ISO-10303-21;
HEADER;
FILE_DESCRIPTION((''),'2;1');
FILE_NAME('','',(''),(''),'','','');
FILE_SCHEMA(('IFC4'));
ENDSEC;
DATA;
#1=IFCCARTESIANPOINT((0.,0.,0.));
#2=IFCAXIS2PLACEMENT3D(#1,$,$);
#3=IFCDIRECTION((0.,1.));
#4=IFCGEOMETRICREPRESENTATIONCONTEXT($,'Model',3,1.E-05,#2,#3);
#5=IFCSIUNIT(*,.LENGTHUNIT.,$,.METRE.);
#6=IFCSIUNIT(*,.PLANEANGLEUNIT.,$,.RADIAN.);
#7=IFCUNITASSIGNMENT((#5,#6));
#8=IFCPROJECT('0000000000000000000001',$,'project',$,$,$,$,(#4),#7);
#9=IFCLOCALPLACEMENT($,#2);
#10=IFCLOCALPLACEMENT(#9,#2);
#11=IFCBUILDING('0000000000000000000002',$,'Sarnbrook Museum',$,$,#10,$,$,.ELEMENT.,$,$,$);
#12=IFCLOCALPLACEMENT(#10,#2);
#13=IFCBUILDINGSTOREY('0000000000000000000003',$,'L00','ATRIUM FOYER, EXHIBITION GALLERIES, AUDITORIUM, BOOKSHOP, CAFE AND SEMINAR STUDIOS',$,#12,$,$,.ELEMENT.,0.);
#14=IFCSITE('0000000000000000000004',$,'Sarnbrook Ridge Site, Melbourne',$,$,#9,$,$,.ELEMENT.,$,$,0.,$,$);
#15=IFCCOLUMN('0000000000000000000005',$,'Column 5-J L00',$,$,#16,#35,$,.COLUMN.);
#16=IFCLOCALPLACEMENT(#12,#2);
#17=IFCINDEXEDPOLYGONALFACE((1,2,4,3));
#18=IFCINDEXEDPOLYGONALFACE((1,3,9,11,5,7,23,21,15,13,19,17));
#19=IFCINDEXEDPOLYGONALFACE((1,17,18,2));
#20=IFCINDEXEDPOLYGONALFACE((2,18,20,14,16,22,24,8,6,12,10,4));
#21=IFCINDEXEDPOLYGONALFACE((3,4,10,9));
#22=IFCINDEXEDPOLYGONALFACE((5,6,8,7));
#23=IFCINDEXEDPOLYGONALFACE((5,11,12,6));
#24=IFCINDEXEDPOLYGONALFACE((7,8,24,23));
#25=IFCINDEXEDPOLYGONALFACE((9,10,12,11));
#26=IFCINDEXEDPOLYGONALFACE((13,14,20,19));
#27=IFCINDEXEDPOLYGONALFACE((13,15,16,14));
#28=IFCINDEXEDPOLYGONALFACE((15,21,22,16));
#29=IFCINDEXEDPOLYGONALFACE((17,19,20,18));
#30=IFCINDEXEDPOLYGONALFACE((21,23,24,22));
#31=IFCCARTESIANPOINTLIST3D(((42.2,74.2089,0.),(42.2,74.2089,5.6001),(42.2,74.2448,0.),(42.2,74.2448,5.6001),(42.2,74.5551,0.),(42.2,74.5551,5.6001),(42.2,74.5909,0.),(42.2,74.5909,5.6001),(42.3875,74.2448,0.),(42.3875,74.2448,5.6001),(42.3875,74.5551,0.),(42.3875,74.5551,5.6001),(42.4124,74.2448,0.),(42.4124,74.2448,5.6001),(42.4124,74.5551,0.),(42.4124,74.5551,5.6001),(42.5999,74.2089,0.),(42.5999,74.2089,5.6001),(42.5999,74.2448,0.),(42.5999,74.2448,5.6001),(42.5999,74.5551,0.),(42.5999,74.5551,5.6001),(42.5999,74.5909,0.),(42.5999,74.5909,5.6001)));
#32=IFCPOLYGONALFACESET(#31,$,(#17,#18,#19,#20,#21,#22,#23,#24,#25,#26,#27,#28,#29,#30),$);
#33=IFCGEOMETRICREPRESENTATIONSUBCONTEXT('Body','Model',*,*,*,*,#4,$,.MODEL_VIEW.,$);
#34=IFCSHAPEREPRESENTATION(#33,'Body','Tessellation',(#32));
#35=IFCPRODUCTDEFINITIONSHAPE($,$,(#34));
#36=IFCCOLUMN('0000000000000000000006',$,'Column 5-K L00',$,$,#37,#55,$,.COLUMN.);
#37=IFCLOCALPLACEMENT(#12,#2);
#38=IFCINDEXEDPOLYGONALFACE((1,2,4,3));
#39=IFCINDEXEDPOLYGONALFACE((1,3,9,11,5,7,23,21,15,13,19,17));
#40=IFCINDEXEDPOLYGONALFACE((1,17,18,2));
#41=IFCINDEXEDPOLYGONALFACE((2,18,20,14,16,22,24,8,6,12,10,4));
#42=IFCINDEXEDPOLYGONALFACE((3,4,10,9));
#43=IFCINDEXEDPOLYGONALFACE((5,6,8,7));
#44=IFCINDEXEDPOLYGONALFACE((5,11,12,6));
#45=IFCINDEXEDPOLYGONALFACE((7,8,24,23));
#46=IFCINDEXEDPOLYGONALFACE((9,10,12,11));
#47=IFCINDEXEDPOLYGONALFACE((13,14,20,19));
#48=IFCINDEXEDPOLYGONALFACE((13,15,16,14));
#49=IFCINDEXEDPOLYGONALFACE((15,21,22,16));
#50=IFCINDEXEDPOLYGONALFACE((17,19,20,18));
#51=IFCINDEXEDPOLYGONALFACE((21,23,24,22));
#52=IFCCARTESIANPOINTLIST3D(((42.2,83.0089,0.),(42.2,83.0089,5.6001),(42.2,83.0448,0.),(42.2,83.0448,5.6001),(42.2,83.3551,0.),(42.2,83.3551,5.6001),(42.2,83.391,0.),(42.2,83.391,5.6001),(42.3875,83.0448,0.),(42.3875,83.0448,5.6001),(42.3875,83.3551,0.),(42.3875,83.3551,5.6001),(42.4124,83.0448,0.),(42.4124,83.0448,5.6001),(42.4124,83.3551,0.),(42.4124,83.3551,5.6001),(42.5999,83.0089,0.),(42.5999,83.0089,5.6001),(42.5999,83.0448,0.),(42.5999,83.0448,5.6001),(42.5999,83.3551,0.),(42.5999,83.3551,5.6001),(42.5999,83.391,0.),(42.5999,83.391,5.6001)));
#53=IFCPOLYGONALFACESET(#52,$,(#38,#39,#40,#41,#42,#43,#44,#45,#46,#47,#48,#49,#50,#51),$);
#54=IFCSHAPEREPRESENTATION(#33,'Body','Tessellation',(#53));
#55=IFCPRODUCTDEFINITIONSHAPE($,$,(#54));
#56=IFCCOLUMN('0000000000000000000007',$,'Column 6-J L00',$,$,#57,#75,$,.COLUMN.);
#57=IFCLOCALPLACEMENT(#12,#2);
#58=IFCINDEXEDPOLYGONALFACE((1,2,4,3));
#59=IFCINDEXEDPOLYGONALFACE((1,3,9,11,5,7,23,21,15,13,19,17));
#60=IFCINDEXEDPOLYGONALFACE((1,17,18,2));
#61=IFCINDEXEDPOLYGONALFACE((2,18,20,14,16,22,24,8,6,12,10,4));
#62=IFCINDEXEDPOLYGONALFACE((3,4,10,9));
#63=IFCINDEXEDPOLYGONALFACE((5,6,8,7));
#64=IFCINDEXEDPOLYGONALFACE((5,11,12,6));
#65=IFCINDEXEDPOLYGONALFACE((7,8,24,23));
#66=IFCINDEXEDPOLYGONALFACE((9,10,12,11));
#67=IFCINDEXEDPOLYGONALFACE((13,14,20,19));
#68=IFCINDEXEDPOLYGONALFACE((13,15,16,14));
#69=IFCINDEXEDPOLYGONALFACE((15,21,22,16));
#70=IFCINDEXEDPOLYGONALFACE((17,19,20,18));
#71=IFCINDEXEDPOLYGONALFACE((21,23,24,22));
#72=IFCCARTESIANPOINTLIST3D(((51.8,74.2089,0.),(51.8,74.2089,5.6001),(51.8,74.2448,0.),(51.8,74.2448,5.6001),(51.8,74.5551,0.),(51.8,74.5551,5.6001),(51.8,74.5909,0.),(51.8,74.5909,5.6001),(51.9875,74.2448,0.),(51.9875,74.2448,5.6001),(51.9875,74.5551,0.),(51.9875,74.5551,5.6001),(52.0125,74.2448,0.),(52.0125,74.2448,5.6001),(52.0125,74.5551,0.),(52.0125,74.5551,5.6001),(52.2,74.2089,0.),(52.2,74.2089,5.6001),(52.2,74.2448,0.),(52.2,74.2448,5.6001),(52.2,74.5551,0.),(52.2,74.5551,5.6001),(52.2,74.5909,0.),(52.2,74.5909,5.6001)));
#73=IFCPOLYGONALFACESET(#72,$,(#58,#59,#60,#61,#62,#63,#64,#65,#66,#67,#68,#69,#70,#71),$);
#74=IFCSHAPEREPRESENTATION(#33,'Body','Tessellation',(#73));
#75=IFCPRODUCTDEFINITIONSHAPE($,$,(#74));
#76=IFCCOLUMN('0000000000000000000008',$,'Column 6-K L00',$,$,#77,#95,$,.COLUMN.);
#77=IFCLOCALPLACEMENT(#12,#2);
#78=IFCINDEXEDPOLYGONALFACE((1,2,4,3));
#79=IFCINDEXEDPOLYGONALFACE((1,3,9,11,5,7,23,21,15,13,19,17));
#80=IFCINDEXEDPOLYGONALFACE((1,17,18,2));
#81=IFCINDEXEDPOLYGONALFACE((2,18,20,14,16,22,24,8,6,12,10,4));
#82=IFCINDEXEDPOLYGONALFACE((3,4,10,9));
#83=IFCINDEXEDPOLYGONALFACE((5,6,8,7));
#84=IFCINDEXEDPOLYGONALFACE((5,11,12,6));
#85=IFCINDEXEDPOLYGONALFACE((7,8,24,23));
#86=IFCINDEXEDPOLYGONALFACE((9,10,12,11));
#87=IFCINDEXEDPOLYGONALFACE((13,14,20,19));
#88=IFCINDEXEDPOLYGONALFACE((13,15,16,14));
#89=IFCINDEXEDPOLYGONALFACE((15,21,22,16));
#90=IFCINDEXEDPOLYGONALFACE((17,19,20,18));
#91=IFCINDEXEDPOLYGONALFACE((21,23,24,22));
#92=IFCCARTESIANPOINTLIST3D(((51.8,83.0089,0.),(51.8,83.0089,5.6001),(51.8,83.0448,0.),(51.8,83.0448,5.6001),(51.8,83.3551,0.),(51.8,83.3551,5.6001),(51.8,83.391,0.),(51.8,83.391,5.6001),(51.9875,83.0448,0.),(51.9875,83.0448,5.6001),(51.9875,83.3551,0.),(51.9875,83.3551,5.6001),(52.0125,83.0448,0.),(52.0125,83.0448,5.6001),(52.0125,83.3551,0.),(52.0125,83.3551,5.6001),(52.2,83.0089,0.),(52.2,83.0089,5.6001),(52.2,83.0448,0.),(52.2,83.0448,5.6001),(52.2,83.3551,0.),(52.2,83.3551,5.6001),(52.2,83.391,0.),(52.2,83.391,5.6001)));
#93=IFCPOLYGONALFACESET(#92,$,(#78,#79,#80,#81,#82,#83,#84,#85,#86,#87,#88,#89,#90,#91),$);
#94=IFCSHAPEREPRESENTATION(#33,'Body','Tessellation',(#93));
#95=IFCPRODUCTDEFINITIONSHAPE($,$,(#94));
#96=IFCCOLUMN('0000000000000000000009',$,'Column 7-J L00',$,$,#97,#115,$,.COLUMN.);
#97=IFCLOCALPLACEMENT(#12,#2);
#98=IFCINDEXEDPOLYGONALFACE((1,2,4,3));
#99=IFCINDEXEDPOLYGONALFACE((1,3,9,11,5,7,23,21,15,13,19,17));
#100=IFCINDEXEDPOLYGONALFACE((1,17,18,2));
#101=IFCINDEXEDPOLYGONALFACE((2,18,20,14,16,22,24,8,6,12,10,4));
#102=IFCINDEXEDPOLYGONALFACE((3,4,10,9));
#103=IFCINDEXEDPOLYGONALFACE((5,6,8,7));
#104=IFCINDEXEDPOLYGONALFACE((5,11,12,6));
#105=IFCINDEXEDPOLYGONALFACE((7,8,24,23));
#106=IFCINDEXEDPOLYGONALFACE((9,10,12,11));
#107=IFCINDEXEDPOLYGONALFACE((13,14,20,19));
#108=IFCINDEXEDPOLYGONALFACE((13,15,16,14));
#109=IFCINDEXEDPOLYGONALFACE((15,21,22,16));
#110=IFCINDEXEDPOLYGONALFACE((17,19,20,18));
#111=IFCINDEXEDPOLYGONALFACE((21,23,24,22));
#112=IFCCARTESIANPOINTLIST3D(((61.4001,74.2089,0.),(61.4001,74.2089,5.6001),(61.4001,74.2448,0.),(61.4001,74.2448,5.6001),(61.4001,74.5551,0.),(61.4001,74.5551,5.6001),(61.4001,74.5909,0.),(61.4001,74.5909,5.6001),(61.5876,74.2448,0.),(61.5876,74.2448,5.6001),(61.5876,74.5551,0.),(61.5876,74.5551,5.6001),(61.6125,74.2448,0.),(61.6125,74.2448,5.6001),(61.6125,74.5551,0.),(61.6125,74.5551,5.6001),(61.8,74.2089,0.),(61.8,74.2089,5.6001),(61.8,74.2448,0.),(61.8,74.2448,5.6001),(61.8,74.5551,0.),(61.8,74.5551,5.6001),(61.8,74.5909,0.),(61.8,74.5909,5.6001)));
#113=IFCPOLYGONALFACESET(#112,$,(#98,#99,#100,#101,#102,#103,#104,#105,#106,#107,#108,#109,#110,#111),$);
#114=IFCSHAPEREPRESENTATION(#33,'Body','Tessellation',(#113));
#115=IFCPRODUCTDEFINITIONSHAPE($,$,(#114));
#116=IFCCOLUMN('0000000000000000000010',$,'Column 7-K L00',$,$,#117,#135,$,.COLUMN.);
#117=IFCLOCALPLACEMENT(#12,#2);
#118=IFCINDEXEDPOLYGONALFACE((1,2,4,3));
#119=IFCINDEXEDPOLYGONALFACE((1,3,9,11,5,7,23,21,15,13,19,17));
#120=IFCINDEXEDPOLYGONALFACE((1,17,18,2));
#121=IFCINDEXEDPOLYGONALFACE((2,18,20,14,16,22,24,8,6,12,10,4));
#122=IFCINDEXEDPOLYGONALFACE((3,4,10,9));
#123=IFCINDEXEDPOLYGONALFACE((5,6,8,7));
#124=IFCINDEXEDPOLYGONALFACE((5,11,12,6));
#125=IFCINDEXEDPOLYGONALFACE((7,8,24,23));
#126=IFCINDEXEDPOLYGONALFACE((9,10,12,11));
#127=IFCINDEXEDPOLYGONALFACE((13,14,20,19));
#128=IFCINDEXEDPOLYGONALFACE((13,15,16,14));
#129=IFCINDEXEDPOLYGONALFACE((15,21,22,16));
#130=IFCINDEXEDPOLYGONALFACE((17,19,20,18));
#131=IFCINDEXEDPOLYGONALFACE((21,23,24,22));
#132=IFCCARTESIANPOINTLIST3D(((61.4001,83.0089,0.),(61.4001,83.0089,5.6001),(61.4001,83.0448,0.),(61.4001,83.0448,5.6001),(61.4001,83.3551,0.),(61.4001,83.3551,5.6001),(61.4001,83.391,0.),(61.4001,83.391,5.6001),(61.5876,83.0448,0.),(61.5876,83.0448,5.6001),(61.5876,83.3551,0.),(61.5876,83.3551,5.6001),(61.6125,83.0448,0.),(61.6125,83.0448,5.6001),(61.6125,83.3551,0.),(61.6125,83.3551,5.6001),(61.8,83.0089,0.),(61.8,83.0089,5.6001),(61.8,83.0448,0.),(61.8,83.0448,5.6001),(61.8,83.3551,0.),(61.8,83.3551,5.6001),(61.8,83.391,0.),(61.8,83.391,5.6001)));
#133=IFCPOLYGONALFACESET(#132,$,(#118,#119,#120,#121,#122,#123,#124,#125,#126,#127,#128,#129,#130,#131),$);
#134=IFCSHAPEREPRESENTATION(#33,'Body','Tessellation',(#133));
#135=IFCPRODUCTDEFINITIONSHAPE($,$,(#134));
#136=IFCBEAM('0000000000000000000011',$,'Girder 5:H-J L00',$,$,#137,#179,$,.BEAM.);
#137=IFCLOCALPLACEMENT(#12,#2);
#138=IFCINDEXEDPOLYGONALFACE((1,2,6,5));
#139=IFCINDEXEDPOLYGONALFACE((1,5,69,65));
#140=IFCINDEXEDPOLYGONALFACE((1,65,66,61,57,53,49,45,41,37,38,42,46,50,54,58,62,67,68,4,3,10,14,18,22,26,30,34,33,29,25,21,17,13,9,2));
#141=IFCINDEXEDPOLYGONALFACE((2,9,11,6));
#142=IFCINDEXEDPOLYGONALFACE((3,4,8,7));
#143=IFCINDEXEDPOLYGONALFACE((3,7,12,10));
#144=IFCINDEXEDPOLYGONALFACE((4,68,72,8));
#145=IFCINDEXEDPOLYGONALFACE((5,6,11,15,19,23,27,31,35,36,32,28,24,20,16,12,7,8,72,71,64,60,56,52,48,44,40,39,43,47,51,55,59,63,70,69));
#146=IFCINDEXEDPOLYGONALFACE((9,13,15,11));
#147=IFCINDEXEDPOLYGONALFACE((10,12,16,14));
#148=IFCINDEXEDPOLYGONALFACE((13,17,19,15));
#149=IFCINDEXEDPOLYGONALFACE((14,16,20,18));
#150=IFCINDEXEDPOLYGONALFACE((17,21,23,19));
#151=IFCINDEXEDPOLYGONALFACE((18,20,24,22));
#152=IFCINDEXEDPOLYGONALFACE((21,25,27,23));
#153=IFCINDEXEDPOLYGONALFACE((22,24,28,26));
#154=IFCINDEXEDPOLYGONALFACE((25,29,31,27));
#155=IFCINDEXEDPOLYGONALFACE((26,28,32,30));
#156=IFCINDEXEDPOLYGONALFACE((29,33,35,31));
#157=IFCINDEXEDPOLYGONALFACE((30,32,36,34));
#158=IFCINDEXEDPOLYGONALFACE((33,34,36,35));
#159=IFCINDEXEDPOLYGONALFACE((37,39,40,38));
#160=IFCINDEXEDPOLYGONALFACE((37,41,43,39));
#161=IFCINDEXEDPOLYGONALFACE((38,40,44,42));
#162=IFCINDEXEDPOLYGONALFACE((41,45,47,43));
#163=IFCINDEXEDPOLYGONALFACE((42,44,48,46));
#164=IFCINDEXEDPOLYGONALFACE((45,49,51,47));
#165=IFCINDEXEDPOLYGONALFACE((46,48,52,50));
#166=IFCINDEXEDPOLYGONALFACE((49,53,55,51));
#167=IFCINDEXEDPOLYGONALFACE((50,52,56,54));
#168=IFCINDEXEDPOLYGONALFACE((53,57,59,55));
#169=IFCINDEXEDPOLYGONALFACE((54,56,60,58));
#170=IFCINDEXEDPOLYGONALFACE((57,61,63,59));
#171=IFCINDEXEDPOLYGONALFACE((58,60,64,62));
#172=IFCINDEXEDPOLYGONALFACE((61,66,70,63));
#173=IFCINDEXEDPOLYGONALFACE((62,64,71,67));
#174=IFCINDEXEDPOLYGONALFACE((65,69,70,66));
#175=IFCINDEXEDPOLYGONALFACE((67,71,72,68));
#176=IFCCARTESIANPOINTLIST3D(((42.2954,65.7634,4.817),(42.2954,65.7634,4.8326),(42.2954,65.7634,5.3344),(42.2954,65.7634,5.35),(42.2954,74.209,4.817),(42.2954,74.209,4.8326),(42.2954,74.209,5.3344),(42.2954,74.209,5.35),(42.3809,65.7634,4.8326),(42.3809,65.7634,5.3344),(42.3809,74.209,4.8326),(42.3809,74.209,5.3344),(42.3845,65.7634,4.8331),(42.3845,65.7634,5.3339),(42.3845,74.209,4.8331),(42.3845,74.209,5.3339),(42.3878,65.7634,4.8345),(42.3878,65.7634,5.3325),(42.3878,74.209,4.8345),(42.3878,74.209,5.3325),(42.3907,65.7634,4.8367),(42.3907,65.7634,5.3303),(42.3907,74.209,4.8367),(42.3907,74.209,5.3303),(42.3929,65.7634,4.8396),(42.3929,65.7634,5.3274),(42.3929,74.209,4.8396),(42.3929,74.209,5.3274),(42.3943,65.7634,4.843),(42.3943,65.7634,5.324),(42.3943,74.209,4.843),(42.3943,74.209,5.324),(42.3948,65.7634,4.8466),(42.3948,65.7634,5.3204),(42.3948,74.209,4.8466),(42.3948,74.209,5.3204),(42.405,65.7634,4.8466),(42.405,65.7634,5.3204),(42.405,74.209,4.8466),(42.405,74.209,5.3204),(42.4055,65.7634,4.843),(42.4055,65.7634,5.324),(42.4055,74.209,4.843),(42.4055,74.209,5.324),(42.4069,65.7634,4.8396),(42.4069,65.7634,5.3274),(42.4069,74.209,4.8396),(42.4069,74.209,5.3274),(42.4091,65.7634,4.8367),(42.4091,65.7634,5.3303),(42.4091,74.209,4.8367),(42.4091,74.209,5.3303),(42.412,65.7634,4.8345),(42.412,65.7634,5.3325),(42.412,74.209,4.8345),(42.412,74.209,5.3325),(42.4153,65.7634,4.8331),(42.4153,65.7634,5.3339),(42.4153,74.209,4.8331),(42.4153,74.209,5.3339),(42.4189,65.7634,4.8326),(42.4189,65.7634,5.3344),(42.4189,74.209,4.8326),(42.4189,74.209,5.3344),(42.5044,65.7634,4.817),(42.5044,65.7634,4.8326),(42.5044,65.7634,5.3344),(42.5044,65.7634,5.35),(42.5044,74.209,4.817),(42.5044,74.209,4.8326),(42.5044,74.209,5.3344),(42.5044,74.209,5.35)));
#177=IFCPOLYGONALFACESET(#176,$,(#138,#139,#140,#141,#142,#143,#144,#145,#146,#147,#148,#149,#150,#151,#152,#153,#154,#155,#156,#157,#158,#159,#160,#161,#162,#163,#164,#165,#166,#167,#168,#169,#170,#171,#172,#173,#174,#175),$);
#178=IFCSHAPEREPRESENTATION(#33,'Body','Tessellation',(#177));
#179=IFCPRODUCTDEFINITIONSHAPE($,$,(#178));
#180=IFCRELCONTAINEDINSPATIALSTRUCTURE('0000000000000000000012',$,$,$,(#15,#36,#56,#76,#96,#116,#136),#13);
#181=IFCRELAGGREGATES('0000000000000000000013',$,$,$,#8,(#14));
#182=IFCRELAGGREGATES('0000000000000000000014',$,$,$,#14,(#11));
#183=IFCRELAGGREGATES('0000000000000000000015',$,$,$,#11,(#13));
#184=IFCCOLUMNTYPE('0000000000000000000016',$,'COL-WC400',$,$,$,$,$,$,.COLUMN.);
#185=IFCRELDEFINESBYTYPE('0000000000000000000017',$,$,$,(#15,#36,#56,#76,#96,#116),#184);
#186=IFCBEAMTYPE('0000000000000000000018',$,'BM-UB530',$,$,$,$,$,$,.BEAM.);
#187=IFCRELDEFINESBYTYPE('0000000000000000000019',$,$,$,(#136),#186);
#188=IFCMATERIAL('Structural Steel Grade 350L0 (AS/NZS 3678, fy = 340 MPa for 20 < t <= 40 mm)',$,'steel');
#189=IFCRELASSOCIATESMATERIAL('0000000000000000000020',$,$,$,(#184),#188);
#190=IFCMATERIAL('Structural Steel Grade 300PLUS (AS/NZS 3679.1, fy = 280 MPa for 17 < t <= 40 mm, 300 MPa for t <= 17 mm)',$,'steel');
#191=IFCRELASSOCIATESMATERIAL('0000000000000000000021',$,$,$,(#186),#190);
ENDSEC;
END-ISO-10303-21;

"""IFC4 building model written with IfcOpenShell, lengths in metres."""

from ifc_helpers import new_model, si_unit, direction, frame, origin, origin_2d, place, context, subcontext, project, spatial, i_section, extrude, material, material_profile, profile_set, type_object, element, save


model = new_model("IFC4")

# Units and contexts
model_context = context("Model", 3, precision=1e-05, world=origin(), true_north=direction((0.0, 1.0)))
body_context = subcontext(model_context, "Body", "Model", "MODEL_VIEW")
ifc_project = project(units=[si_unit("LENGTHUNIT", "METRE"), si_unit("PLANEANGLEUNIT", "RADIAN")], contexts=[model_context])

# Site, building, storey
site_placement = place(None, origin())
site = spatial("IfcSite", under=ifc_project, at=site_placement, Name="Sarnbrook Ridge Site, Melbourne", CompositionType="ELEMENT", RefElevation=0.0)
building_placement = place(site_placement, origin())
building = spatial("IfcBuilding", under=site, at=building_placement, Name="Sarnbrook Museum", CompositionType="ELEMENT")
storey_placement = place(building_placement, origin())
storey = spatial("IfcBuildingStorey", under=building, at=storey_placement, Name="L00", Description="ATRIUM FOYER, EXHIBITION GALLERIES, AUDITORIUM, BOOKSHOP, CAFE AND SEMINAR STUDIOS", CompositionType="ELEMENT", Elevation=0.0)

# Columns
ifc_material_1 = material(Name="Structural Steel Grade 350L0 (AS/NZS 3678, fy = 340 MPa for 20 < t <= 40 mm)", Category="steel")
ifc_material_profile_1 = material_profile(ifc_material_1, i_section(OverallWidth=0.3999, OverallDepth=0.3821, WebThickness=0.0249, FlangeThickness=0.0359, at=origin_2d()), Name="400WC270")
ifc_profile_set_1 = profile_set([ifc_material_profile_1], Name="Structural Steel Grade 350L0 (AS/NZS 3678, fy = 340 MPa for 20 < t <= 40 mm)")
column_type = type_object("IfcColumnType", Name="COL-WC400", PredefinedType="COLUMN", material=ifc_profile_set_1)
for number, where, z_axis, x_axis, name in (
    (1, (42.3999, 74.3999, 0.0), (0.0, 0.0, 1.0), (1.0, 0.0, 0.0), "Column 5-J L00"),
    (2, (42.3999, 83.2, 0.0), (0.0, 0.0, 1.0), (1.0, 0.0, 0.0), "Column 5-K L00"),
    (3, (52.0, 74.3999, 0.0), (0.0, 0.0, 1.0), (1.0, 0.0, 0.0), "Column 6-J L00"),
    (4, (52.0, 83.2, 0.0), (0.0, 0.0, 1.0), (1.0, 0.0, 0.0), "Column 6-K L00"),
    (5, (61.6001, 74.3999, 0.0), (0.0, 0.0, 1.0), (1.0, 0.0, 0.0), "Column 7-J L00"),
    (6, (61.6001, 83.2, 0.0), (0.0, 0.0, 1.0), (1.0, 0.0, 0.0), "Column 7-K L00"),
):
    element("IfcColumn", number, at=place(storey_placement, frame(where, z_axis=z_axis, x_axis=x_axis)), inside=storey, type_object=column_type, Name=name, PredefinedType="COLUMN", context=body_context, shape_type="SweptSolid", body=[
        extrude(i_section(OverallWidth=0.3999, OverallDepth=0.3821, WebThickness=0.0249, FlangeThickness=0.0359, at=origin_2d()), origin(), (0.0, 0.0, 1.0), 5.6001),
    ])

# Beam
ifc_material_2 = material(Name="Structural Steel Grade 300PLUS (AS/NZS 3679.1, fy = 280 MPa for 17 < t <= 40 mm, 300 MPa for t <= 17 mm)", Category="steel")
ifc_material_profile_2 = material_profile(ifc_material_2, i_section(OverallWidth=0.209, OverallDepth=0.533, WebThickness=0.0103, FlangeThickness=0.0156, FilletRadius=0.0139, at=origin_2d()), Name="530UB92.4")
ifc_profile_set_2 = profile_set([ifc_material_profile_2], Name="Structural Steel Grade 300PLUS (AS/NZS 3679.1, fy = 280 MPa for 17 < t <= 40 mm, 300 MPa for t <= 17 mm)")
beam_type_1 = type_object("IfcBeamType", Name="BM-UB530", PredefinedType="BEAM", material=ifc_profile_set_2)
beam_placement = place(storey_placement, frame((42.3999, 65.7634, 5.0835), z_axis=(0.0, 1.0, 0.0), x_axis=(-1.0, 0.0, 0.0)))
element("IfcBeam", 7, at=beam_placement, inside=storey, type_object=beam_type_1, Name="Girder 5:H-J L00", PredefinedType="BEAM", context=body_context, shape_type="SweptSolid", body=[
    extrude(i_section(OverallWidth=0.209, OverallDepth=0.533, WebThickness=0.0103, FlangeThickness=0.0156, FilletRadius=0.0139, at=origin_2d()), origin(), (0.0, 0.0, 1.0), 8.4456),
])

save(model, "model.ifc")
